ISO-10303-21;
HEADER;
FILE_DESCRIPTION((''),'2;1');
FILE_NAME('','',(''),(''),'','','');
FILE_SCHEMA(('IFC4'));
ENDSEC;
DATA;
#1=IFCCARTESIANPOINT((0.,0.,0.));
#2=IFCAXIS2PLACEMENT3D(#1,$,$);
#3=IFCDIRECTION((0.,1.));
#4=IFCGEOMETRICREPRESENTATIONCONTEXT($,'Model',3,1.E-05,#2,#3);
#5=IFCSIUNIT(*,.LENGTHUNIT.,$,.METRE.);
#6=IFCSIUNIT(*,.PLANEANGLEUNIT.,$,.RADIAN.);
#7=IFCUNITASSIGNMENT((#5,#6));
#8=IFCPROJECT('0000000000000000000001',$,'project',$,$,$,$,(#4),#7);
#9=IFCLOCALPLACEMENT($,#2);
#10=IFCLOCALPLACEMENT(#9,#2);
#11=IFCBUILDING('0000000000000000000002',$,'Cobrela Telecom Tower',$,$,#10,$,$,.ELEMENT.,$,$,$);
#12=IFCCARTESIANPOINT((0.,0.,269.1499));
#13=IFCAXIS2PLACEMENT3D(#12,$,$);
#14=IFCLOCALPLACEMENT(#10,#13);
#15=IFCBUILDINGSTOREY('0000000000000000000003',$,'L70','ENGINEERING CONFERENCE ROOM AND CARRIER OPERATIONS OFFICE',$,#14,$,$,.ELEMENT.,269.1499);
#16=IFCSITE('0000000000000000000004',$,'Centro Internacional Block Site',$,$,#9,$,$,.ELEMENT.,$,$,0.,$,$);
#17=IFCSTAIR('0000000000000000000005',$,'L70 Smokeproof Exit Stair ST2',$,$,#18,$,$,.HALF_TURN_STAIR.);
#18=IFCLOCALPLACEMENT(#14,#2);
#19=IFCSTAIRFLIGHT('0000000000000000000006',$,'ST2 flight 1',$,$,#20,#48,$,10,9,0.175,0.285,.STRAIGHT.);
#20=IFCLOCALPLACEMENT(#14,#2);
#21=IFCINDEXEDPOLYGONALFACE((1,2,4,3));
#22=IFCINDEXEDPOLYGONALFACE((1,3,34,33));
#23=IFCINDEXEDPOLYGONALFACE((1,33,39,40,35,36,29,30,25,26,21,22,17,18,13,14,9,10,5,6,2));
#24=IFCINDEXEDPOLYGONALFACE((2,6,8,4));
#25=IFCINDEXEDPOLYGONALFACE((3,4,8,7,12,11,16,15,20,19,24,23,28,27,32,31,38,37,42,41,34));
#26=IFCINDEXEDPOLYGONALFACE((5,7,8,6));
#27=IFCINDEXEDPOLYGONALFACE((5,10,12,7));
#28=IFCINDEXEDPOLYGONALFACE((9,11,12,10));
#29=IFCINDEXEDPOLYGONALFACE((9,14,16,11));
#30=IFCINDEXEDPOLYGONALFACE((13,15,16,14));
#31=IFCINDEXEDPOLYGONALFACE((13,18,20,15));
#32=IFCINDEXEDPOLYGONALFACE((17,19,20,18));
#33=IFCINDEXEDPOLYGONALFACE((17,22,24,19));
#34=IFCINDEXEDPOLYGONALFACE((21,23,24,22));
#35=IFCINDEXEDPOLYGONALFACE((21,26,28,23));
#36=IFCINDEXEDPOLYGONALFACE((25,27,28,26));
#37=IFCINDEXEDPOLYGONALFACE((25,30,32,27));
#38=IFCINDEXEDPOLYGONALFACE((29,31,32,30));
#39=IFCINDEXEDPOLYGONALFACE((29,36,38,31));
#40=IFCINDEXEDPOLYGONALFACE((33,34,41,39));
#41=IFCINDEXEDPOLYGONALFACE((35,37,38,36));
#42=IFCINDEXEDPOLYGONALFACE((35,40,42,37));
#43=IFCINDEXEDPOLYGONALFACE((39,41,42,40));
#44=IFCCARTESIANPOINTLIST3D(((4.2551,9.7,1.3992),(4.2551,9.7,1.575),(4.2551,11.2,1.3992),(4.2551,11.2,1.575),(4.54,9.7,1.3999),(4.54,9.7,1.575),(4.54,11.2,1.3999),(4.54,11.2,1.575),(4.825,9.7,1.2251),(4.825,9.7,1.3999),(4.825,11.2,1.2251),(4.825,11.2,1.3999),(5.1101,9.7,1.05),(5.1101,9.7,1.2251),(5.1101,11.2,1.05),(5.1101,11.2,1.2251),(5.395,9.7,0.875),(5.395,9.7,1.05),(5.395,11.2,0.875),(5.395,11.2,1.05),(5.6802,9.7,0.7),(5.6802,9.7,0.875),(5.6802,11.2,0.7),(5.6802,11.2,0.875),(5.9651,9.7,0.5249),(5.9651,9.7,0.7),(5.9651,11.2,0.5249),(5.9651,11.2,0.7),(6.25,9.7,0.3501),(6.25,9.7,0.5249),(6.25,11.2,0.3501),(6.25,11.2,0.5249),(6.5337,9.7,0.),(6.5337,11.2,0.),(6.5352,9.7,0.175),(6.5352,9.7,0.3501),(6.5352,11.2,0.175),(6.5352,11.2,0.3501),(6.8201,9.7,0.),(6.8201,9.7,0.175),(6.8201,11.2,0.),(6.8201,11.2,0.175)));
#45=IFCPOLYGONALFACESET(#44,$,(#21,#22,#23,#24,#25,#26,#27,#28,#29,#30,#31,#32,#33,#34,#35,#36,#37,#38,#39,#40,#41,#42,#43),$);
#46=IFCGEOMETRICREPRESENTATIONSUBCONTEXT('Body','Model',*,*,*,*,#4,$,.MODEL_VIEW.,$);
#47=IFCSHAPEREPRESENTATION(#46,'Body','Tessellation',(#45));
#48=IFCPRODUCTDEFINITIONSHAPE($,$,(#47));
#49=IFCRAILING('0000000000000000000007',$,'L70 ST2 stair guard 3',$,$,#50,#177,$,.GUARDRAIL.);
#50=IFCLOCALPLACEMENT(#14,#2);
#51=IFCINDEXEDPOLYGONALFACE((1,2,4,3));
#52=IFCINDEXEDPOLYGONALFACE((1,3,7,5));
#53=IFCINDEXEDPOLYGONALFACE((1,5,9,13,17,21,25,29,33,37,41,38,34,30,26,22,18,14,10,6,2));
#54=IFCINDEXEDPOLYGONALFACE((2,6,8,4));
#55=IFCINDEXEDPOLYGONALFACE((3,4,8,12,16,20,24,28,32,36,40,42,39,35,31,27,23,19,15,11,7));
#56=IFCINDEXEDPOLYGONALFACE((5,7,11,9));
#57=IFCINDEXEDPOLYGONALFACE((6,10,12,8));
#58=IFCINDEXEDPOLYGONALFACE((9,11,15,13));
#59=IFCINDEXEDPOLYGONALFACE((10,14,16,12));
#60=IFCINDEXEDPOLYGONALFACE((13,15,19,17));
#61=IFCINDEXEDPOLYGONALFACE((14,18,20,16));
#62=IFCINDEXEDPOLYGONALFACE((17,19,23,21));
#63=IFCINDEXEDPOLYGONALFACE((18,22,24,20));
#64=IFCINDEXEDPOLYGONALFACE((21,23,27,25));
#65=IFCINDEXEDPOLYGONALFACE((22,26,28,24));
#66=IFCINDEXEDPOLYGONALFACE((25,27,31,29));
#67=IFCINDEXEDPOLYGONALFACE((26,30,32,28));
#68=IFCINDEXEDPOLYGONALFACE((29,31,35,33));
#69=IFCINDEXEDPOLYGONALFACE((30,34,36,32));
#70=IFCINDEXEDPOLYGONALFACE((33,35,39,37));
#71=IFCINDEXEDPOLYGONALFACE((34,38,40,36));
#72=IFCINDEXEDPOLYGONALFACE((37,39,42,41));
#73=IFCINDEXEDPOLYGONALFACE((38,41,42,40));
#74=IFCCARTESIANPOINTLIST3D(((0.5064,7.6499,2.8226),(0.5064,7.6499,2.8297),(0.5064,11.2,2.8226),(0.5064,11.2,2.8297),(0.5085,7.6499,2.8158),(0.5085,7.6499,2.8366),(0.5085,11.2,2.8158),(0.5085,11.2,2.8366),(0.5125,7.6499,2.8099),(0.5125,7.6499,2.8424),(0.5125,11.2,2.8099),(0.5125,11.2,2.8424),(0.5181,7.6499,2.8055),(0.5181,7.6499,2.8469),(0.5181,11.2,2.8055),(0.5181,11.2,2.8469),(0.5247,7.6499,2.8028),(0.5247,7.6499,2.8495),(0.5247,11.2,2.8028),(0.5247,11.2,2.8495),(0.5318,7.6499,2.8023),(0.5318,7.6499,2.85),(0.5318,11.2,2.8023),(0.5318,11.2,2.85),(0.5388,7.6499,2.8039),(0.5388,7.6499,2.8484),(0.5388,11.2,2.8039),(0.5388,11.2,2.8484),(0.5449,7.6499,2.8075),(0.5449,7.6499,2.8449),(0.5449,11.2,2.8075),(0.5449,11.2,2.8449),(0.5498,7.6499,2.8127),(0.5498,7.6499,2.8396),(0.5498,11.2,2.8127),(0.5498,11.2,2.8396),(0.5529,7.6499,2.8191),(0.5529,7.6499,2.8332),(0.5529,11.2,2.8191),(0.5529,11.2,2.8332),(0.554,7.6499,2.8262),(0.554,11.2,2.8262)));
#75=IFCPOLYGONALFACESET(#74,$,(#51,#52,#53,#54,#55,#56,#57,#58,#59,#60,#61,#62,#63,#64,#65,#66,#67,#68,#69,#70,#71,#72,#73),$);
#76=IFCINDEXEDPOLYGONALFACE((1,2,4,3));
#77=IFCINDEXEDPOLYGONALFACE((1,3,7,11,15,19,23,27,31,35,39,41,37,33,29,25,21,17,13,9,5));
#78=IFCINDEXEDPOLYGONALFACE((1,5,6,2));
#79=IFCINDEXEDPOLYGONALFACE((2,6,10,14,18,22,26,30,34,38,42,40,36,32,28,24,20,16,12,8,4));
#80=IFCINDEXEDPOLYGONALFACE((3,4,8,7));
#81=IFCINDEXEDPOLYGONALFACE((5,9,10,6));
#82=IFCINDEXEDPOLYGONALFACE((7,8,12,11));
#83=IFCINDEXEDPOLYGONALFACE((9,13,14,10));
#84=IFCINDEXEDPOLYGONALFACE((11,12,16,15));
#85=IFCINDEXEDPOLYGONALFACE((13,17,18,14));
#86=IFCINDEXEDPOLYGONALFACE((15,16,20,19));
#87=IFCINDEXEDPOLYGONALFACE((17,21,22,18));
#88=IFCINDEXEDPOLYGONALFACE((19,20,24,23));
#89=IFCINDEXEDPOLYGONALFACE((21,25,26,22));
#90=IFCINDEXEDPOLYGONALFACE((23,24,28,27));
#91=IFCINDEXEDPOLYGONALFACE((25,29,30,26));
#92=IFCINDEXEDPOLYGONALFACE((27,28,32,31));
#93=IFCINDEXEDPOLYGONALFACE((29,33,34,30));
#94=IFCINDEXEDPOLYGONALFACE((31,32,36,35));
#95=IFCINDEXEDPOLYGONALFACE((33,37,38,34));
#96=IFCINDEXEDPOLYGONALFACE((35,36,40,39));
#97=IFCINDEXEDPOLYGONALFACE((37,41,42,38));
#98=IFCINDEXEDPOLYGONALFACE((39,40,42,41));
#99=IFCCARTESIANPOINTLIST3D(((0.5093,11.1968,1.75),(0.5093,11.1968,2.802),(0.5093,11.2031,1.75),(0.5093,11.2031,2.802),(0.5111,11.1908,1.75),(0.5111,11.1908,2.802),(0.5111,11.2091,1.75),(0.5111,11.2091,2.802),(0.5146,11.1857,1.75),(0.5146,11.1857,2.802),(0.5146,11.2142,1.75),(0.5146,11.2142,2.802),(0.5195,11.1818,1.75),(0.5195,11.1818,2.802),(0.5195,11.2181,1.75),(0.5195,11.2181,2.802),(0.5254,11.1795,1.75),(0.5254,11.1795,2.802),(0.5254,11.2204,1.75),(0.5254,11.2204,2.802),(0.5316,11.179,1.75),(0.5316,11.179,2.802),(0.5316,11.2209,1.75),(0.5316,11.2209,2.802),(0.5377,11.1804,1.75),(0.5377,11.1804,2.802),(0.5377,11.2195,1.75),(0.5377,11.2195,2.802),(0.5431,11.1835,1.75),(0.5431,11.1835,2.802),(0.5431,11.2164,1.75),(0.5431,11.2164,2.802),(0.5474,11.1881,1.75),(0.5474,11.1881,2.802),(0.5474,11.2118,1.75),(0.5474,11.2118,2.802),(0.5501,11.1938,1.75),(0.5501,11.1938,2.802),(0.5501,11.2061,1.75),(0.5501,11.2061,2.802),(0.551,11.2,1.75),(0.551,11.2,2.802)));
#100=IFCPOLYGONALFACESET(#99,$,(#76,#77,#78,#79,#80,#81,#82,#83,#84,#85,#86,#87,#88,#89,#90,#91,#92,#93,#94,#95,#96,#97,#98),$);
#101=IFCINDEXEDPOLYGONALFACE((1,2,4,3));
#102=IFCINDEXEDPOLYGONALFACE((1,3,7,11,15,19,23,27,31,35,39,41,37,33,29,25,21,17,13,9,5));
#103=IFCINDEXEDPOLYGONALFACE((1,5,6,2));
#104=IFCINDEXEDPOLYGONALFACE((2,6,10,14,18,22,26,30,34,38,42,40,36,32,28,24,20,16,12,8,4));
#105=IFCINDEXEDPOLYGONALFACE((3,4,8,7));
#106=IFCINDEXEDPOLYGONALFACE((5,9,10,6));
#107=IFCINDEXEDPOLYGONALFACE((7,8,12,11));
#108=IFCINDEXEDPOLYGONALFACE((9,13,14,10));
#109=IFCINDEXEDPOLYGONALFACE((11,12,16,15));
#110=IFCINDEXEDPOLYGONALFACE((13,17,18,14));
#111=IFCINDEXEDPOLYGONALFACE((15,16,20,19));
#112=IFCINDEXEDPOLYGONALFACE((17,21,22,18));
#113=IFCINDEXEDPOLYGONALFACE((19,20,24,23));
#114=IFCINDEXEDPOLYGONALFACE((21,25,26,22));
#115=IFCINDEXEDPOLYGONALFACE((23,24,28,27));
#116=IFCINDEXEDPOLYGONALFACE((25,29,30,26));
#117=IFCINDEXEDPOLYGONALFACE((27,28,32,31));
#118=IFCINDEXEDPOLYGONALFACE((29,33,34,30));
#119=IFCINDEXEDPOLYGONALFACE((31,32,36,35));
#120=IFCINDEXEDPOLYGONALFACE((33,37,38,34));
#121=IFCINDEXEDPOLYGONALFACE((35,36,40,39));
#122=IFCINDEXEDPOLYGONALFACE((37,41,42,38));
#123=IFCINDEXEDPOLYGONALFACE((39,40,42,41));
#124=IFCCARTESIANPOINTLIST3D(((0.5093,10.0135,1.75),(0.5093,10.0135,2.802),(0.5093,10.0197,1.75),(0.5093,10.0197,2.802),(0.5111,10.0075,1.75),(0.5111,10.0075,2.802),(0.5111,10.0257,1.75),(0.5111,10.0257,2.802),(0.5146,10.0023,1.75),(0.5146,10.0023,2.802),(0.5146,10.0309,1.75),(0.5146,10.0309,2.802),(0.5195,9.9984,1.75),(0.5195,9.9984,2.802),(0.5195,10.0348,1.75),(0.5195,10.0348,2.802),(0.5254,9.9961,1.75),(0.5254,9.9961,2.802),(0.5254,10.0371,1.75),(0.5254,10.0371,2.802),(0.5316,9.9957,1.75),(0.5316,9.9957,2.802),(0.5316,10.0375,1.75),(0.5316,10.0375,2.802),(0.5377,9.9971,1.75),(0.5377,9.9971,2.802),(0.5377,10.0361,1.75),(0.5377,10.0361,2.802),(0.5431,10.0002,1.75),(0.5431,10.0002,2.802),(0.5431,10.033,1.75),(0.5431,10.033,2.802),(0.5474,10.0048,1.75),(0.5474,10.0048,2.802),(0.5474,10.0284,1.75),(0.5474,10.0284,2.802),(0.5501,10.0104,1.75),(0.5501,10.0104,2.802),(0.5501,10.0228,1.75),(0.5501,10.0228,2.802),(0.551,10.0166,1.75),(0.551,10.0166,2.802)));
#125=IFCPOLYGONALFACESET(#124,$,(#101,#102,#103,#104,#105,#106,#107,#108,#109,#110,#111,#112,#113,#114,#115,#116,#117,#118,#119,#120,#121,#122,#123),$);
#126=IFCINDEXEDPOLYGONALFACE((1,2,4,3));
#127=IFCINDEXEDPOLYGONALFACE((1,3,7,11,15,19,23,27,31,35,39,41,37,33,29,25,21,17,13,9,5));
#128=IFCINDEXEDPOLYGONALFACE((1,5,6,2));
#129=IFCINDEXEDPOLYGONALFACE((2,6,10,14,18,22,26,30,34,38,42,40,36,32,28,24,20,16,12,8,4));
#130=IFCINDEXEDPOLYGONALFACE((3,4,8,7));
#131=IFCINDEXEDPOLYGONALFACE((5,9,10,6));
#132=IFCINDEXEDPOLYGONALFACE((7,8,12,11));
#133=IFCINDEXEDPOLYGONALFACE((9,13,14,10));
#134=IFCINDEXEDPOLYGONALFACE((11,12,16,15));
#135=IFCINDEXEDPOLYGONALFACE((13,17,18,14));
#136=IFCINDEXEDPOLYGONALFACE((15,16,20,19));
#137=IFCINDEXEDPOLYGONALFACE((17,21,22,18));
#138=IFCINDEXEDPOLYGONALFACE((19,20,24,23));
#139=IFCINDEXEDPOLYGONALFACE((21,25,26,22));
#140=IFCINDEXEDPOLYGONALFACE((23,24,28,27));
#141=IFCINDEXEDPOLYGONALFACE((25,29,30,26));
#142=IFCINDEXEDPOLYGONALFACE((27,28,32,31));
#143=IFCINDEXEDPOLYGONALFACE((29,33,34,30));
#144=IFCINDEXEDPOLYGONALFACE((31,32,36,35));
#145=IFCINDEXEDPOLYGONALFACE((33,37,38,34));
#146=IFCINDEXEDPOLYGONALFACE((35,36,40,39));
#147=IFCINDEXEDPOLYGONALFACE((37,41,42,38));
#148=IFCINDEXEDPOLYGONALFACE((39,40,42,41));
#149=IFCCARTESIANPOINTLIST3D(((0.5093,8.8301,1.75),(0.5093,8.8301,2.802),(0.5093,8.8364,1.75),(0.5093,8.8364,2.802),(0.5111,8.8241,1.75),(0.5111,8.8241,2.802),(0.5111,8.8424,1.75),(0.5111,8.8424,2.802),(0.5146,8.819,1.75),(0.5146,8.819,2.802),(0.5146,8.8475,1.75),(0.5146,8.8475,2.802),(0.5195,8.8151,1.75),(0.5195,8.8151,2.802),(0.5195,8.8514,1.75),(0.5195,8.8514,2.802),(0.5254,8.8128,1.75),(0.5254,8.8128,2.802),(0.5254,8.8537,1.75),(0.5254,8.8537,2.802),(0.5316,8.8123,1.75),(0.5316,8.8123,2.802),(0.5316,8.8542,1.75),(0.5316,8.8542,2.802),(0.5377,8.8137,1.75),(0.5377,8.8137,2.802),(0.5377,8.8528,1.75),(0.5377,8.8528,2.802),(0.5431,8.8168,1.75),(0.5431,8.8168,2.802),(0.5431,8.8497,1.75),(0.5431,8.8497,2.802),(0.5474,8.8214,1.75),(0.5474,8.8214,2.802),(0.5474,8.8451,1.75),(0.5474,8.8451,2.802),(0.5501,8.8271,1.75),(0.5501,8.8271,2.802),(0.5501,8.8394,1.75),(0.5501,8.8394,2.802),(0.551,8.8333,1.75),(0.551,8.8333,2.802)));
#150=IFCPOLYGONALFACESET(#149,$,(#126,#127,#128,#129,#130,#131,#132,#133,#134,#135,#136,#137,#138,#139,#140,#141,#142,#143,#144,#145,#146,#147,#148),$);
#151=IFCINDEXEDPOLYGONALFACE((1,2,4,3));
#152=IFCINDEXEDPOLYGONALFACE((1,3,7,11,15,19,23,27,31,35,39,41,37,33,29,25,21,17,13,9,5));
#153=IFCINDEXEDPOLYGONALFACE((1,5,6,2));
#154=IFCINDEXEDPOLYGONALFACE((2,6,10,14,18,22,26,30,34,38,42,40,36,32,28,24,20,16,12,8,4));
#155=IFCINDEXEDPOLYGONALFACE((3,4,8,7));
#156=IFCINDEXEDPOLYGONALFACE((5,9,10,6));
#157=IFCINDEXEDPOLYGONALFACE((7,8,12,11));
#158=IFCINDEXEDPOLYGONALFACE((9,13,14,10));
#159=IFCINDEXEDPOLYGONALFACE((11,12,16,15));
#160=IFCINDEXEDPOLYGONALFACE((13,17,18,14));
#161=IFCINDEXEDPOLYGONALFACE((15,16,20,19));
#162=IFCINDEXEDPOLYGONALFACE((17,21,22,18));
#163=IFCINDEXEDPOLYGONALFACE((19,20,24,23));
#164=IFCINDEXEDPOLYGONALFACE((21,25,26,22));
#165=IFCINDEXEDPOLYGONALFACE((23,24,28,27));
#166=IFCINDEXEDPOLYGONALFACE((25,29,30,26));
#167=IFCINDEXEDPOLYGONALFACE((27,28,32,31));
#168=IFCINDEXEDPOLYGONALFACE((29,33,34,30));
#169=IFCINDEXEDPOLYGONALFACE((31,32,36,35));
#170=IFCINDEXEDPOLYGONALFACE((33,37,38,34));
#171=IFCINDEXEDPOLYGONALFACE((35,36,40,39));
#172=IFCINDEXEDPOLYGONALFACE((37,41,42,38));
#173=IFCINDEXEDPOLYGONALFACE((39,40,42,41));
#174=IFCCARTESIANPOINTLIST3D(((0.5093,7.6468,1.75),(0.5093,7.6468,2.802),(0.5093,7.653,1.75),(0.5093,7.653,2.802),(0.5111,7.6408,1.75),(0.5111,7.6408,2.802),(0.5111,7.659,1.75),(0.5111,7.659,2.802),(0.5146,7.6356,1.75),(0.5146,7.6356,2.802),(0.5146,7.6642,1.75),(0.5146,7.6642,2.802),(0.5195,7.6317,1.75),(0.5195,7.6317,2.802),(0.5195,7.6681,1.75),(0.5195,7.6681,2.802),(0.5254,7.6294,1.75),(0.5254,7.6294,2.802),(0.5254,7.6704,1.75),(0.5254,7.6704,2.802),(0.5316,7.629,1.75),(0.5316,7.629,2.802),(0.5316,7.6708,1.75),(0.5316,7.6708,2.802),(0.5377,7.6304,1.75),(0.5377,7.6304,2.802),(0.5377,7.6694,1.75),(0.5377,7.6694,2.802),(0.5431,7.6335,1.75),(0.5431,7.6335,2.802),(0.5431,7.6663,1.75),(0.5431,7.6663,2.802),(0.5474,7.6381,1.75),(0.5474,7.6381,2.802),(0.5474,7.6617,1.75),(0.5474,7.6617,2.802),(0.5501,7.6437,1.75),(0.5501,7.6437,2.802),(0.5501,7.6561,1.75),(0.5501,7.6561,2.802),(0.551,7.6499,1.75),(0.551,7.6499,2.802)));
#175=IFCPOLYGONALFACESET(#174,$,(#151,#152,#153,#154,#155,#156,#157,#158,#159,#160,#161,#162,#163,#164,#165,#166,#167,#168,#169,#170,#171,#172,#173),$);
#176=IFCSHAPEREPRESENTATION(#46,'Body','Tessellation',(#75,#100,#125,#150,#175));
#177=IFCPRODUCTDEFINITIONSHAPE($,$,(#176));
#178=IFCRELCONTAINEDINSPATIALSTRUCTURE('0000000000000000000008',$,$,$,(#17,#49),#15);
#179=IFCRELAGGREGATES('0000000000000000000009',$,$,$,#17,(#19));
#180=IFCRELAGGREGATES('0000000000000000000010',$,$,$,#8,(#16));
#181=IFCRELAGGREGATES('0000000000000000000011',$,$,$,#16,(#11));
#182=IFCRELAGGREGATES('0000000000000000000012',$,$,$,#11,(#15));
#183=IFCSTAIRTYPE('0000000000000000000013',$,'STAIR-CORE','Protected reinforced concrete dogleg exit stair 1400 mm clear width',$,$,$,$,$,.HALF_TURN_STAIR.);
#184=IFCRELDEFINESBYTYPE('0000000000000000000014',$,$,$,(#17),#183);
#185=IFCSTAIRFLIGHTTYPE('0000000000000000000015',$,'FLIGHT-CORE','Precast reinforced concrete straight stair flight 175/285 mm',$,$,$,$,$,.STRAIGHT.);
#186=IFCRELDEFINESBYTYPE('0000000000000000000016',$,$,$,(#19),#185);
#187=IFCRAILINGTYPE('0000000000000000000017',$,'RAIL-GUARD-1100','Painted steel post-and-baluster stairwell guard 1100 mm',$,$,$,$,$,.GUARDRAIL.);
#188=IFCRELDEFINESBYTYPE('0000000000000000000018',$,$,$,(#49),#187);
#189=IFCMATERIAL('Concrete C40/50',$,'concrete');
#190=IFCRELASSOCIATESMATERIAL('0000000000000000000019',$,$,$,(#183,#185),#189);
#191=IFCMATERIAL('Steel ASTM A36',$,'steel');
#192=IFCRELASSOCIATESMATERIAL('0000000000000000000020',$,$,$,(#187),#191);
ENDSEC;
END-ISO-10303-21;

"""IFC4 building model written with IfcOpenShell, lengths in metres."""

from ifc_helpers import new_model, si_unit, direction, frame, origin, origin_2d, place, context, subcontext, project, spatial, polyline, circle, outline, extrude, material, type_object, element, aggregate, save


model = new_model("IFC4")

# Units and contexts
model_context = context("Model", 3, precision=1e-05, world=origin(), true_north=direction((0.0, 1.0)))
body_context = subcontext(model_context, "Body", "Model", "MODEL_VIEW")
ifc_project = project(units=[si_unit("LENGTHUNIT", "METRE"), si_unit("PLANEANGLEUNIT", "RADIAN")], contexts=[model_context])

# Site, building, storey
site_placement = place(None, origin())
site = spatial("IfcSite", under=ifc_project, at=site_placement, Name="Centro Internacional Block Site", CompositionType="ELEMENT", RefElevation=0.0)
building_placement = place(site_placement, origin())
building = spatial("IfcBuilding", under=site, at=building_placement, Name="Cobrela Telecom Tower", CompositionType="ELEMENT")
storey_placement = place(building_placement, frame((0.0, 0.0, 269.1499)))
storey = spatial("IfcBuildingStorey", under=building, at=storey_placement, Name="L70", Description="ENGINEERING CONFERENCE ROOM AND CARRIER OPERATIONS OFFICE", CompositionType="ELEMENT", Elevation=269.1499)

# Shared definitions
ifc_material_1 = material(Name="Steel ASTM A36", Category="steel")

# Shared definitions
ifc_material_2 = material(Name="Concrete C40/50", Category="concrete")

# Stair, stair flight
stair_type = type_object("IfcStairType", Name="STAIR-CORE", Description="Protected reinforced concrete dogleg exit stair 1400 mm clear width", PredefinedType="HALF_TURN_STAIR", material=ifc_material_2)
stair_placement = place(storey_placement, origin())
stair = element("IfcStair", 1, at=stair_placement, inside=storey, type_object=stair_type, Name="L70 Smokeproof Exit Stair ST2", PredefinedType="HALF_TURN_STAIR")
stair_flight_type = type_object("IfcStairFlightType", Name="FLIGHT-CORE", Description="Precast reinforced concrete straight stair flight 175/285 mm", PredefinedType="STRAIGHT", material=ifc_material_2)
stair_flight_placement = place(storey_placement, frame((6.8201, 10.45, 0.0), z_axis=(0.0, 0.0, 1.0), x_axis=(-1.0, 0.0, 0.0)))
stair_flight = element("IfcStairFlight", 2, at=stair_flight_placement, type_object=stair_flight_type, Name="ST2 flight 1", NumberOfRisers=10, NumberOfTreads=9, PredefinedType="STRAIGHT", RiserHeight=0.175, TreadLength=0.285, context=body_context, shape_type="SweptSolid", body=[
    extrude(outline(polyline([(0.0, 0.0), (0.0, 0.175), (0.2849, 0.175), (0.2849, 0.3501), (0.5701, 0.3501), (0.5701, 0.5249), (0.855, 0.5249), (0.855, 0.7), (1.1399, 0.7), (1.1399, 0.875), (1.425, 0.875), (1.425, 1.05), (1.71, 1.05), (1.71, 1.2251), (1.9951, 1.2251), (1.9951, 1.3999), (2.28, 1.3999), (2.28, 1.575), (2.5649, 1.575), (2.5649, 1.75), (2.5649, 1.3992), (0.2864, 0.0), (0.0, 0.0)])), frame((0.0, 0.75, 0.0), z_axis=(0.0, -1.0, 0.0), x_axis=(1.0, 0.0, 0.0)), (0.0, 0.0, 1.0), 1.5),
])
aggregate(stair, [stair_flight])

# Railing
railing_type = type_object("IfcRailingType", Name="RAIL-GUARD-1100", Description="Painted steel post-and-baluster stairwell guard 1100 mm", PredefinedType="GUARDRAIL", material=ifc_material_1)
railing_1_placement = place(storey_placement, frame((0.53, 11.2, 1.75)))
element("IfcRailing", 3, at=railing_1_placement, inside=storey, type_object=railing_type, Name="L70 ST2 stair guard 3", PredefinedType="GUARDRAIL", context=body_context, shape_type="SweptSolid", body=[
    extrude(circle(Radius=0.0239, at=origin_2d()), frame((0.0, 0.0, 1.0762), z_axis=(0.0, -1.0, 0.0), x_axis=(1.0, 0.0, 0.0)), (0.0, 0.0, 1.0), 3.55),
    extrude(circle(Radius=0.021, at=origin_2d()), origin(), (0.0, 0.0, 1.0), 1.052),
    extrude(circle(Radius=0.021, at=origin_2d()), frame((0.0, -1.1833, 0.0)), (0.0, 0.0, 1.0), 1.052),
    extrude(circle(Radius=0.021, at=origin_2d()), frame((0.0, -2.3667, 0.0)), (0.0, 0.0, 1.0), 1.052),
    extrude(circle(Radius=0.021, at=origin_2d()), frame((0.0, -3.55, 0.0)), (0.0, 0.0, 1.0), 1.052),
])

save(model, "model.ifc")
